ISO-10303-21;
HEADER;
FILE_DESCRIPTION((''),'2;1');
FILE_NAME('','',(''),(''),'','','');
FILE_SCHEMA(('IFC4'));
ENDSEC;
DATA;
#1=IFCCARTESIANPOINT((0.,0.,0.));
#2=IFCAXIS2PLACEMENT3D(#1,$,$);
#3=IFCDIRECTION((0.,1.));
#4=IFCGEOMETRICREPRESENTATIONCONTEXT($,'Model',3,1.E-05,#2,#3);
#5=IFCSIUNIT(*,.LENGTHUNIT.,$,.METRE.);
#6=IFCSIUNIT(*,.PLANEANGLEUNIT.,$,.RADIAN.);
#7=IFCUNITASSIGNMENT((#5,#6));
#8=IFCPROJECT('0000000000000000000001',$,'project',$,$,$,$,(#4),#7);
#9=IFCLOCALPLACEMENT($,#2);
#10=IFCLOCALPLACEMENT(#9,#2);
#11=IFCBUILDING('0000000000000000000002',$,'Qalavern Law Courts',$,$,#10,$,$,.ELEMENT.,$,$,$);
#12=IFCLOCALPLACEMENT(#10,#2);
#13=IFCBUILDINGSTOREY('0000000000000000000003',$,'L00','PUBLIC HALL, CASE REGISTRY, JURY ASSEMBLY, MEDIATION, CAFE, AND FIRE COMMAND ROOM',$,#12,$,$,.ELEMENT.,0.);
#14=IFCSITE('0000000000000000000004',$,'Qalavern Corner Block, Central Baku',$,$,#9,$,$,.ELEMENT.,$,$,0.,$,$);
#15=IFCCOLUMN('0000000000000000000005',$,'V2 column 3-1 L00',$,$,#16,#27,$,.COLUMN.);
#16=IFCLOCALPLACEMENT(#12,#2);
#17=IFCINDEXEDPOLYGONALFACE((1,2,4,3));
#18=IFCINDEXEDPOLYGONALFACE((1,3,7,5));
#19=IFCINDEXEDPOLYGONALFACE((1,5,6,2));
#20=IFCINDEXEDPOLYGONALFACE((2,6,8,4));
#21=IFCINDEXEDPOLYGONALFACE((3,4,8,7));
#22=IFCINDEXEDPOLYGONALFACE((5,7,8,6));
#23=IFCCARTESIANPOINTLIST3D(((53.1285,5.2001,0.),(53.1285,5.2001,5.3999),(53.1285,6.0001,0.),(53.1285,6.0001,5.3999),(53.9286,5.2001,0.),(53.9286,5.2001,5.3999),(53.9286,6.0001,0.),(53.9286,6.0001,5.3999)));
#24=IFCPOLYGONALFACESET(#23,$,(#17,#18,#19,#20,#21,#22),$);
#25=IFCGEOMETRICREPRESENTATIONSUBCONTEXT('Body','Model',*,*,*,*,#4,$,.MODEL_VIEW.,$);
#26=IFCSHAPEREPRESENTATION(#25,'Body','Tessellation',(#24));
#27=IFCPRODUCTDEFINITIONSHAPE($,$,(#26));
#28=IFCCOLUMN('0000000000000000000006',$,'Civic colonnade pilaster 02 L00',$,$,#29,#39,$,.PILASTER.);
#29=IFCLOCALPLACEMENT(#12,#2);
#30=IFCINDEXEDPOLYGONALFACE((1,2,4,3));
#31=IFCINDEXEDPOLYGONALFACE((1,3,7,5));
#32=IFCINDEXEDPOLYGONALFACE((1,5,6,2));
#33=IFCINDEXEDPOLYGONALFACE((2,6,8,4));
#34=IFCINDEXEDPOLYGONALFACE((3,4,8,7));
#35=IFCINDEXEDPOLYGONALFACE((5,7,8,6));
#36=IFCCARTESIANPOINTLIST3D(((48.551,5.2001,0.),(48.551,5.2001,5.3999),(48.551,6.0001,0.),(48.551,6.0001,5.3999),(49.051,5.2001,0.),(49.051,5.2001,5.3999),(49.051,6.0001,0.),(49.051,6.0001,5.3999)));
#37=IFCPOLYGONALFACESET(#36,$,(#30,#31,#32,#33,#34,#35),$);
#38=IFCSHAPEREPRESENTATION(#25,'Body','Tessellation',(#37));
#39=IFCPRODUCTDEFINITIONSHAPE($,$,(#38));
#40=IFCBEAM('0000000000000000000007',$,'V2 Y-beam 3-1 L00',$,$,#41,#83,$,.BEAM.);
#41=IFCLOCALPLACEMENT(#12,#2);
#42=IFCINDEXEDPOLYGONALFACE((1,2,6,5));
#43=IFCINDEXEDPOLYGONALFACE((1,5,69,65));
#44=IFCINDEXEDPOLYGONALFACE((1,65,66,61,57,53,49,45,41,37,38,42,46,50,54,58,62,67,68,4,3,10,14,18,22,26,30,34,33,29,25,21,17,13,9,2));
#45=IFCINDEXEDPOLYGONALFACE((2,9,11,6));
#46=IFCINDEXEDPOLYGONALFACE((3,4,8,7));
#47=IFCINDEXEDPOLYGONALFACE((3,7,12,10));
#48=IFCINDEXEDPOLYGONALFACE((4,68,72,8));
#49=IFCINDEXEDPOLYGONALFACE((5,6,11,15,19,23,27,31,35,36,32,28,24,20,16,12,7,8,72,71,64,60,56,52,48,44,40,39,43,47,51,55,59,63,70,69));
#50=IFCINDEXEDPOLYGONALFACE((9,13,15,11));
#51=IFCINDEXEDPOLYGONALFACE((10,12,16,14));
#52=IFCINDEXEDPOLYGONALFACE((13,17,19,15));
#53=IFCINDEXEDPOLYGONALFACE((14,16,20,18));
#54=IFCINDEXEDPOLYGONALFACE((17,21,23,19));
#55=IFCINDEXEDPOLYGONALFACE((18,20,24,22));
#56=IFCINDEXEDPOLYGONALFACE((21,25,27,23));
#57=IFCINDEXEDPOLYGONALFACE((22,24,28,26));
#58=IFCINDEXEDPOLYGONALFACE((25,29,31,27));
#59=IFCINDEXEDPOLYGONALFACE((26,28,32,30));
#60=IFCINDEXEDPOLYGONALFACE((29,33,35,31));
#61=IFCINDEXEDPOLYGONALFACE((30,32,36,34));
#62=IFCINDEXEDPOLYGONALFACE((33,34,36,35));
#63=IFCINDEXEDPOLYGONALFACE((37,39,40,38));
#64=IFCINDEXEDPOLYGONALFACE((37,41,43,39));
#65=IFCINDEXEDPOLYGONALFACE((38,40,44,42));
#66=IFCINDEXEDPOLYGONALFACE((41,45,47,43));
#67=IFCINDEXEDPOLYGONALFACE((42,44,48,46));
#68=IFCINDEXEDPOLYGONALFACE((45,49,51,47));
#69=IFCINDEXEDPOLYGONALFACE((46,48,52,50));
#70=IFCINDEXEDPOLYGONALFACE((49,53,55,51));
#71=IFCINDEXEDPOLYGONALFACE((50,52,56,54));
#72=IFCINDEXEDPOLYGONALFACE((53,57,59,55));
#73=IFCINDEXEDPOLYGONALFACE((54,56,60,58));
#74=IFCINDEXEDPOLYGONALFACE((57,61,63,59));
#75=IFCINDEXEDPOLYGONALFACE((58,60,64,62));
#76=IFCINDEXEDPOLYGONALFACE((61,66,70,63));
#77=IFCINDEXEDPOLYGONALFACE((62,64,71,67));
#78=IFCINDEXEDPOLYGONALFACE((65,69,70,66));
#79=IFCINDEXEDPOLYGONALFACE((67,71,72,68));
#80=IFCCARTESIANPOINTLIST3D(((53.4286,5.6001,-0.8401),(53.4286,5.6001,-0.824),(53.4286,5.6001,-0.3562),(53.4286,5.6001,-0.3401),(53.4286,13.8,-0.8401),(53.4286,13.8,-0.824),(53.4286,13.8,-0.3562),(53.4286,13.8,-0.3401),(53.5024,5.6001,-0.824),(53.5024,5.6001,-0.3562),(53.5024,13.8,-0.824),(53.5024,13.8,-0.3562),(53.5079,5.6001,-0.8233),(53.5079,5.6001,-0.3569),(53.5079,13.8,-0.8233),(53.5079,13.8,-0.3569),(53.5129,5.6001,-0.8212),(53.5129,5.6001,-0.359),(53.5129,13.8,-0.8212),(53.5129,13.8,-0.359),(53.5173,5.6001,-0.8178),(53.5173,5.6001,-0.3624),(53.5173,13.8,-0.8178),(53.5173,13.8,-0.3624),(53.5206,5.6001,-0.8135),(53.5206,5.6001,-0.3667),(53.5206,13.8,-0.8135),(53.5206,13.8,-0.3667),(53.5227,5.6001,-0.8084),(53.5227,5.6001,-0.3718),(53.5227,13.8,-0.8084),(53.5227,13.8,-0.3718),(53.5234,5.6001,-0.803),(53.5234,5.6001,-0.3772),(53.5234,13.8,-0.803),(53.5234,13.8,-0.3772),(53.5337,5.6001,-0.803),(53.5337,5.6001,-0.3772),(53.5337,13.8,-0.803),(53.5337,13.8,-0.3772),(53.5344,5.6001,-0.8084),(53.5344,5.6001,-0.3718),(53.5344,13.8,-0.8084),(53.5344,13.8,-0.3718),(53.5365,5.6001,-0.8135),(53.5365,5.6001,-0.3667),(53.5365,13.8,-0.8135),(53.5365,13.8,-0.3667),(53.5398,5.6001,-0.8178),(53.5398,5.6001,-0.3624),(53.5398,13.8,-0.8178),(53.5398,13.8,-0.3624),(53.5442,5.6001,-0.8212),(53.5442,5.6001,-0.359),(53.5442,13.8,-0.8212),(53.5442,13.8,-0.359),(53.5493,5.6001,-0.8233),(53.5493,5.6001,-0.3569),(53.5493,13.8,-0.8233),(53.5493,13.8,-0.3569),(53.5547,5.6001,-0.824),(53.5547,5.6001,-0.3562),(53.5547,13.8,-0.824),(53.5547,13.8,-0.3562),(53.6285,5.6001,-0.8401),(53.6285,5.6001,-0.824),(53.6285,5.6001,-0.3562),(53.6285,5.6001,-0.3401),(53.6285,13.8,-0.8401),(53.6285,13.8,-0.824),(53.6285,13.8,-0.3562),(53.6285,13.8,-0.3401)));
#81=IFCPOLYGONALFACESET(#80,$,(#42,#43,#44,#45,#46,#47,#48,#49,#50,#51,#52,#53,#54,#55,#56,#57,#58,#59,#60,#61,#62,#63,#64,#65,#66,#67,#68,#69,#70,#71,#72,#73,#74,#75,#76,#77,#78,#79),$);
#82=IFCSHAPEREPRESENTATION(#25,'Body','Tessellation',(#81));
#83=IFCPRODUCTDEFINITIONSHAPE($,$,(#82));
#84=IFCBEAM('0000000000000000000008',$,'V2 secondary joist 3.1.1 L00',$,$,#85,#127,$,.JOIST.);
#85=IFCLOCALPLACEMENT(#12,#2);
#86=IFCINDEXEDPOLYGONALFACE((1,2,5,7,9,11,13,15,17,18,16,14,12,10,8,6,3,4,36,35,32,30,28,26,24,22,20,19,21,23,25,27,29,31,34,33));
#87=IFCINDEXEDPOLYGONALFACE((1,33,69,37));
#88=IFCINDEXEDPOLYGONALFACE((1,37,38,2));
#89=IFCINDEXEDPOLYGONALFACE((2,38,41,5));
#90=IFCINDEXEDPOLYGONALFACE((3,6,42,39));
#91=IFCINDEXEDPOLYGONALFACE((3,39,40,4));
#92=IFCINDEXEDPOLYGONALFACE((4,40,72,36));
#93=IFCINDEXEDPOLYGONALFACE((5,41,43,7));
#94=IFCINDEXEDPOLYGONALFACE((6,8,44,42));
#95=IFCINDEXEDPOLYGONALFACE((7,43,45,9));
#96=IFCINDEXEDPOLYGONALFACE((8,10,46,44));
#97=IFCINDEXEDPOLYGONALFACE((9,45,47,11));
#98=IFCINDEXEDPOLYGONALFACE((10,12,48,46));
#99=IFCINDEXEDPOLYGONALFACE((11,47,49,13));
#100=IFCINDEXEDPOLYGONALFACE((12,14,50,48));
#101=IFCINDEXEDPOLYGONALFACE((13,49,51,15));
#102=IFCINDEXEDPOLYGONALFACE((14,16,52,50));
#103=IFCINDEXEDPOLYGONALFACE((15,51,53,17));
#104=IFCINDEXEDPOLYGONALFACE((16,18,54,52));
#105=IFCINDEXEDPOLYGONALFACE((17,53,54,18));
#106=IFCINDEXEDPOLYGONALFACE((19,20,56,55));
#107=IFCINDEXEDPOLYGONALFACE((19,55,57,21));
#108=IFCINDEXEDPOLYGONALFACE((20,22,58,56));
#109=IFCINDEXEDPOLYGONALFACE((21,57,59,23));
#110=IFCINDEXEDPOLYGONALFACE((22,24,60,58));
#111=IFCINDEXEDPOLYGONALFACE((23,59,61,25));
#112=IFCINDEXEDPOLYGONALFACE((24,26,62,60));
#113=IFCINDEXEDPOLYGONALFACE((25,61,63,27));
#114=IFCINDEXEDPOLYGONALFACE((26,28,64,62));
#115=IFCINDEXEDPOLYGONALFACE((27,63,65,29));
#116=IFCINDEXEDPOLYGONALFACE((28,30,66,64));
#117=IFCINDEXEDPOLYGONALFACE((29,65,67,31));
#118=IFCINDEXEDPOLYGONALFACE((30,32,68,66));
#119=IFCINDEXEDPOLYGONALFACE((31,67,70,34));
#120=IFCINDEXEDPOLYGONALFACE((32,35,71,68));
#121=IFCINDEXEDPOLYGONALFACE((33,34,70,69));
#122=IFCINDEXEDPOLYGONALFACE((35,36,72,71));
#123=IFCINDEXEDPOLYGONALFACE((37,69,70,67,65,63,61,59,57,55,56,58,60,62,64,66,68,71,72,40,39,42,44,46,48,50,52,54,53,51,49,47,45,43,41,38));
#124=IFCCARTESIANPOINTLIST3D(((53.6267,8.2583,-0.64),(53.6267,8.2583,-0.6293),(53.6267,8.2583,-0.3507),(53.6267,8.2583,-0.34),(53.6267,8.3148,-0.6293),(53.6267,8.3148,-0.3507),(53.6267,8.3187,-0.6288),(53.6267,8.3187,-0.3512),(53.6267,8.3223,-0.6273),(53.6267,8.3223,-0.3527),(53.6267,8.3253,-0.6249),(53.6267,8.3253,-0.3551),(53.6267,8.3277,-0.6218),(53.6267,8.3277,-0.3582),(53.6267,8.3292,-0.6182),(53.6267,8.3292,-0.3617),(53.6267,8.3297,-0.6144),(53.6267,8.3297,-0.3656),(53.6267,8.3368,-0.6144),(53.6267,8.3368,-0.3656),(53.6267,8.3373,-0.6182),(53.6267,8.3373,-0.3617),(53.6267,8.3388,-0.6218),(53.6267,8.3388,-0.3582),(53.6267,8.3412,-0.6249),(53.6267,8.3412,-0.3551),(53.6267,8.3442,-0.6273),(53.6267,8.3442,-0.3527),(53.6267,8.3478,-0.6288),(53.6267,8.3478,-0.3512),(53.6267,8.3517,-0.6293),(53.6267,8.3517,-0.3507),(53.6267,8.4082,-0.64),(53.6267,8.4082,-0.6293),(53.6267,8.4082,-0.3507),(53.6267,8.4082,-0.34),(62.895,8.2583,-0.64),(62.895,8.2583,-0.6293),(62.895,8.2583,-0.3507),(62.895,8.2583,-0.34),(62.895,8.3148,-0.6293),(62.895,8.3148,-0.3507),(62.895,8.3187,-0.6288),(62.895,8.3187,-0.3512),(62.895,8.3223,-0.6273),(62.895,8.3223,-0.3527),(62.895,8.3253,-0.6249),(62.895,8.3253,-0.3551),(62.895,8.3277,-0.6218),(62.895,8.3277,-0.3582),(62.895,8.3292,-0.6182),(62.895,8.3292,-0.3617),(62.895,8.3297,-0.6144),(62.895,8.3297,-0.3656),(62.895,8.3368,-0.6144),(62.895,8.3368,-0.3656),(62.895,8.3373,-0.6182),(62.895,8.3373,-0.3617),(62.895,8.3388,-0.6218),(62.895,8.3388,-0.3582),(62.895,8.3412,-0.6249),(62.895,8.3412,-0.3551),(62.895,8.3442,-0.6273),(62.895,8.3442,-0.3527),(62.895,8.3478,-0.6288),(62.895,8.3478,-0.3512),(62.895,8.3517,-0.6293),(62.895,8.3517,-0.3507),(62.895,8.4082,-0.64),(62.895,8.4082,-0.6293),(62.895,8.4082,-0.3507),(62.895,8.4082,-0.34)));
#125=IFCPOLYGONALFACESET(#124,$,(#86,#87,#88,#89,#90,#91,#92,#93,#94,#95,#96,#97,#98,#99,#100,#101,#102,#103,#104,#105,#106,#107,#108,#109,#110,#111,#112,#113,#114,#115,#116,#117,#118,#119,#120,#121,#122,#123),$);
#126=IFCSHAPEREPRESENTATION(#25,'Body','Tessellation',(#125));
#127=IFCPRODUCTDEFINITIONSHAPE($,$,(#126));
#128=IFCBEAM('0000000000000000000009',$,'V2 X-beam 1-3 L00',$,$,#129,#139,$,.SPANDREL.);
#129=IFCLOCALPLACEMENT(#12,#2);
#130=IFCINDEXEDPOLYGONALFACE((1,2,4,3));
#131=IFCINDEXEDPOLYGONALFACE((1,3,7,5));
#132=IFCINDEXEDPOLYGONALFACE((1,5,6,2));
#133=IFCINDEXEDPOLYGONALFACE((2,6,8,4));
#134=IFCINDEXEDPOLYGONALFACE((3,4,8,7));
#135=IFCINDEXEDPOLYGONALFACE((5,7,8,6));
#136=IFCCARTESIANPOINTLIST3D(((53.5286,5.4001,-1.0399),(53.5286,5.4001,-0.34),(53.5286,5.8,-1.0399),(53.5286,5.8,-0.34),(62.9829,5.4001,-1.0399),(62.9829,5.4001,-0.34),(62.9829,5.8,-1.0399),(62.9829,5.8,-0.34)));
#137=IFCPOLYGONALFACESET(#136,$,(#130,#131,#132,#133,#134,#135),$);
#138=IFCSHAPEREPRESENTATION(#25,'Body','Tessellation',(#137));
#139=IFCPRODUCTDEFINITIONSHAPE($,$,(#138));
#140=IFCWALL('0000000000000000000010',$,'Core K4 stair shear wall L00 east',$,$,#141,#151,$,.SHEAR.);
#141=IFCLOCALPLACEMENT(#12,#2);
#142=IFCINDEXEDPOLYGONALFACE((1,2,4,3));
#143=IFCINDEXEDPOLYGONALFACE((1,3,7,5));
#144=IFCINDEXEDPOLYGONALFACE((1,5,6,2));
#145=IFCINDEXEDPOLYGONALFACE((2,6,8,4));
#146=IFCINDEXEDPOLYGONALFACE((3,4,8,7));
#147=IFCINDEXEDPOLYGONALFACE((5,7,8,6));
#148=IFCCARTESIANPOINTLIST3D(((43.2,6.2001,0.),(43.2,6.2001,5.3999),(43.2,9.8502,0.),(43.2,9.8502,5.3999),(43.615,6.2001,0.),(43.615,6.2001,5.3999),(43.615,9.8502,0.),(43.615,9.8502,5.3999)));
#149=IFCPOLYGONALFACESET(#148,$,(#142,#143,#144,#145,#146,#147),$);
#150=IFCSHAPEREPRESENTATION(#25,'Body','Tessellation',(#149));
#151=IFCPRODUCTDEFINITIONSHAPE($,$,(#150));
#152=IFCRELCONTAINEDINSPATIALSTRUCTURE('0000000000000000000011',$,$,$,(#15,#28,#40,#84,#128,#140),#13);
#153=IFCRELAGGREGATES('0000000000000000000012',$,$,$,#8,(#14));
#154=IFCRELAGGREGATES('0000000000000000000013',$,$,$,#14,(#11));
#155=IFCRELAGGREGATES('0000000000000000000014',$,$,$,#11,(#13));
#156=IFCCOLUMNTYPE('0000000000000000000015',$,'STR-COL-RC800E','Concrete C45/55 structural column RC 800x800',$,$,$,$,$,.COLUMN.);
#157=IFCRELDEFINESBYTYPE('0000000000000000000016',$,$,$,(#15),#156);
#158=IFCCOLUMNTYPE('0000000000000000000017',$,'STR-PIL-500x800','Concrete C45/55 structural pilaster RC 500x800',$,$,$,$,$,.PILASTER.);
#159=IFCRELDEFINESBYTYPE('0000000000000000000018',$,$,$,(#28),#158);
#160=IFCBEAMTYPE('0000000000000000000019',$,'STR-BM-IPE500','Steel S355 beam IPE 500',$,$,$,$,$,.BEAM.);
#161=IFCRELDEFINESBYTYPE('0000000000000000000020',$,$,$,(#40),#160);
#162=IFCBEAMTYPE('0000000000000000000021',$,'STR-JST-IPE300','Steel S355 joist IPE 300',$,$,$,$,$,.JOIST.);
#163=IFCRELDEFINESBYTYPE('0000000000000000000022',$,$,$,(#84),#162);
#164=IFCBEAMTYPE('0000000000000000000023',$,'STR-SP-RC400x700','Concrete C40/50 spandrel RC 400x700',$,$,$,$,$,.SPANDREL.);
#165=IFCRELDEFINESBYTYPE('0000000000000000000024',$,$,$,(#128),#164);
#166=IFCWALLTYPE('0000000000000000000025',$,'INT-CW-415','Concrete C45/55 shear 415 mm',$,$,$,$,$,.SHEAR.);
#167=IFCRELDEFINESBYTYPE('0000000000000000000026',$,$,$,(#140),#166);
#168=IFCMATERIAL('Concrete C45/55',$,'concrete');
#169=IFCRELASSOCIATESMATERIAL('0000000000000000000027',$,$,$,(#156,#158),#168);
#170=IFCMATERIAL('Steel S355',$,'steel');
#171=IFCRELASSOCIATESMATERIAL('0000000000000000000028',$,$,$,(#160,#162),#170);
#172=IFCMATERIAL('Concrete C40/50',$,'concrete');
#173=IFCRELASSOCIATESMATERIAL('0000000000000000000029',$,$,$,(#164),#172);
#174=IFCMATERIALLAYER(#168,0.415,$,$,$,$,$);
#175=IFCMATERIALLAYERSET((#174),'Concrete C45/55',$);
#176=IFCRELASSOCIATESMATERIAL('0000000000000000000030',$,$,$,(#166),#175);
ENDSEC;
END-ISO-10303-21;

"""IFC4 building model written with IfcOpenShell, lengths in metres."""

from ifc_helpers import new_model, si_unit, direction, frame, frame_2d, origin, origin_2d, place, context, subcontext, project, spatial, rectangle, i_section, extrude, material, layer, layer_set, material_profile, profile_set, type_object, element, save


model = new_model("IFC4")

# Units and contexts
model_context = context("Model", 3, precision=1e-05, world=origin(), true_north=direction((0.0, 1.0)))
body_context = subcontext(model_context, "Body", "Model", "MODEL_VIEW")
ifc_project = project(units=[si_unit("LENGTHUNIT", "METRE"), si_unit("PLANEANGLEUNIT", "RADIAN")], contexts=[model_context])

# Site, building, storey
site_placement = place(None, origin())
site = spatial("IfcSite", under=ifc_project, at=site_placement, Name="Qalavern Corner Block, Central Baku", CompositionType="ELEMENT", RefElevation=0.0)
building_placement = place(site_placement, origin())
building = spatial("IfcBuilding", under=site, at=building_placement, Name="Qalavern Law Courts", CompositionType="ELEMENT")
storey_placement = place(building_placement, origin())
storey = spatial("IfcBuildingStorey", under=building, at=storey_placement, Name="L00", Description="PUBLIC HALL, CASE REGISTRY, JURY ASSEMBLY, MEDIATION, CAFE, AND FIRE COMMAND ROOM", CompositionType="ELEMENT", Elevation=0.0)

# Columns
ifc_material_1 = material(Name="Concrete C45/55", Category="concrete")
ifc_material_profile_1 = material_profile(ifc_material_1, rectangle(XDim=0.8, YDim=0.8, at=origin_2d()), Name="RC 800x800")
ifc_profile_set_1 = profile_set([ifc_material_profile_1], Name="Concrete C45/55")
column_type_1 = type_object("IfcColumnType", Name="STR-COL-RC800E", Description="Concrete C45/55 structural column RC 800x800", PredefinedType="COLUMN", material=ifc_profile_set_1)
column_1_placement = place(storey_placement, frame((53.5286, 5.6001, 0.0), z_axis=(0.0, 0.0, 1.0), x_axis=(1.0, 0.0, 0.0)))
element("IfcColumn", 1, at=column_1_placement, inside=storey, type_object=column_type_1, Name="V2 column 3-1 L00", PredefinedType="COLUMN", context=body_context, shape_type="SweptSolid", body=[
    extrude(rectangle(XDim=0.8, YDim=0.8, at=origin_2d()), origin(), (0.0, 0.0, 1.0), 5.3999),
])
ifc_material_profile_2 = material_profile(ifc_material_1, rectangle(XDim=0.5, YDim=0.8, at=origin_2d()), Name="RC 500x800")
ifc_profile_set_2 = profile_set([ifc_material_profile_2], Name="Concrete C45/55")
column_type_2 = type_object("IfcColumnType", Name="STR-PIL-500x800", Description="Concrete C45/55 structural pilaster RC 500x800", PredefinedType="PILASTER", material=ifc_profile_set_2)
column_2_placement = place(storey_placement, frame((48.801, 5.6001, 0.0), z_axis=(0.0, 0.0, 1.0), x_axis=(1.0, 0.0, 0.0)))
element("IfcColumn", 2, at=column_2_placement, inside=storey, type_object=column_type_2, Name="Civic colonnade pilaster 02 L00", PredefinedType="PILASTER", context=body_context, shape_type="SweptSolid", body=[
    extrude(rectangle(XDim=0.5, YDim=0.8, at=origin_2d()), origin(), (0.0, 0.0, 1.0), 5.3999),
])

# Beams
ifc_material_2 = material(Name="Steel S355", Category="steel")
ifc_material_profile_3 = material_profile(ifc_material_2, i_section(OverallWidth=0.2, OverallDepth=0.5, WebThickness=0.0103, FlangeThickness=0.0161, FilletRadius=0.021, at=origin_2d()), Name="IPE 500")
ifc_profile_set_3 = profile_set([ifc_material_profile_3], Name="Steel S355")
beam_type_1 = type_object("IfcBeamType", Name="STR-BM-IPE500", Description="Steel S355 beam IPE 500", PredefinedType="BEAM", material=ifc_profile_set_3)
beam_1_placement = place(storey_placement, frame((53.5286, 5.6001, -0.5901), z_axis=(0.0, 1.0, 0.0), x_axis=(-1.0, 0.0, 0.0)))
element("IfcBeam", 3, at=beam_1_placement, inside=storey, type_object=beam_type_1, Name="V2 Y-beam 3-1 L00", PredefinedType="BEAM", context=body_context, shape_type="SweptSolid", body=[
    extrude(i_section(OverallWidth=0.2, OverallDepth=0.5, WebThickness=0.0103, FlangeThickness=0.0161, FilletRadius=0.021, at=origin_2d()), origin(), (0.0, 0.0, 1.0), 8.2),
])
ifc_material_profile_4 = material_profile(ifc_material_2, i_section(OverallWidth=0.1499, OverallDepth=0.3, WebThickness=0.0071, FlangeThickness=0.0107, FilletRadius=0.0149, at=origin_2d()), Name="IPE 300")
ifc_profile_set_4 = profile_set([ifc_material_profile_4], Name="Steel S355")
beam_type_2 = type_object("IfcBeamType", Name="STR-JST-IPE300", Description="Steel S355 joist IPE 300", PredefinedType="JOIST", material=ifc_profile_set_4)
beam_2_placement = place(storey_placement, frame((53.6267, 8.3333, -0.49), z_axis=(1.0, 0.0, 0.0), x_axis=(0.0, 1.0, 0.0)))
element("IfcBeam", 4, at=beam_2_placement, inside=storey, type_object=beam_type_2, Name="V2 secondary joist 3.1.1 L00", PredefinedType="JOIST", context=body_context, shape_type="SweptSolid", body=[
    extrude(i_section(OverallWidth=0.1499, OverallDepth=0.3, WebThickness=0.0071, FlangeThickness=0.0107, FilletRadius=0.0149, at=origin_2d()), origin(), (0.0, 0.0, 1.0), 9.2683),
])
ifc_material_3 = material(Name="Concrete C40/50", Category="concrete")
ifc_material_profile_5 = material_profile(ifc_material_3, rectangle(XDim=0.3999, YDim=0.7, at=origin_2d()), Name="RC 400x700")
ifc_profile_set_5 = profile_set([ifc_material_profile_5], Name="Concrete C40/50")
beam_type_3 = type_object("IfcBeamType", Name="STR-SP-RC400x700", Description="Concrete C40/50 spandrel RC 400x700", PredefinedType="SPANDREL", material=ifc_profile_set_5)
beam_3_placement = place(storey_placement, frame((53.5286, 5.6001, -0.6899), z_axis=(1.0, 0.0, 0.0), x_axis=(0.0, 1.0, 0.0)))
element("IfcBeam", 5, at=beam_3_placement, inside=storey, type_object=beam_type_3, Name="V2 X-beam 1-3 L00", PredefinedType="SPANDREL", context=body_context, shape_type="SweptSolid", body=[
    extrude(rectangle(XDim=0.3999, YDim=0.7, at=origin_2d()), origin(), (0.0, 0.0, 1.0), 9.4543),
])

# Wall
ifc_layer_1 = layer(ifc_material_1, 0.415)
ifc_layer_set_1 = layer_set([ifc_layer_1], Name="Concrete C45/55")
wall_type_1 = type_object("IfcWallType", Name="INT-CW-415", Description="Concrete C45/55 shear 415 mm", PredefinedType="SHEAR", material=ifc_layer_set_1)
wall_1_placement = place(storey_placement, frame((43.4075, 6.2, 0.0), z_axis=(0.0, 0.0, 1.0), x_axis=(0.0, 1.0, 0.0)))
element("IfcWall", 6, at=wall_1_placement, inside=storey, type_object=wall_type_1, Name="Core K4 stair shear wall L00 east", PredefinedType="SHEAR", context=body_context, shape_type="SweptSolid", body=[
    extrude(rectangle(XDim=3.6501, YDim=0.415, at=frame_2d((1.8252, 0.0))), origin(), (0.0, 0.0, 1.0), 5.3999),
])

save(model, "model.ifc")
